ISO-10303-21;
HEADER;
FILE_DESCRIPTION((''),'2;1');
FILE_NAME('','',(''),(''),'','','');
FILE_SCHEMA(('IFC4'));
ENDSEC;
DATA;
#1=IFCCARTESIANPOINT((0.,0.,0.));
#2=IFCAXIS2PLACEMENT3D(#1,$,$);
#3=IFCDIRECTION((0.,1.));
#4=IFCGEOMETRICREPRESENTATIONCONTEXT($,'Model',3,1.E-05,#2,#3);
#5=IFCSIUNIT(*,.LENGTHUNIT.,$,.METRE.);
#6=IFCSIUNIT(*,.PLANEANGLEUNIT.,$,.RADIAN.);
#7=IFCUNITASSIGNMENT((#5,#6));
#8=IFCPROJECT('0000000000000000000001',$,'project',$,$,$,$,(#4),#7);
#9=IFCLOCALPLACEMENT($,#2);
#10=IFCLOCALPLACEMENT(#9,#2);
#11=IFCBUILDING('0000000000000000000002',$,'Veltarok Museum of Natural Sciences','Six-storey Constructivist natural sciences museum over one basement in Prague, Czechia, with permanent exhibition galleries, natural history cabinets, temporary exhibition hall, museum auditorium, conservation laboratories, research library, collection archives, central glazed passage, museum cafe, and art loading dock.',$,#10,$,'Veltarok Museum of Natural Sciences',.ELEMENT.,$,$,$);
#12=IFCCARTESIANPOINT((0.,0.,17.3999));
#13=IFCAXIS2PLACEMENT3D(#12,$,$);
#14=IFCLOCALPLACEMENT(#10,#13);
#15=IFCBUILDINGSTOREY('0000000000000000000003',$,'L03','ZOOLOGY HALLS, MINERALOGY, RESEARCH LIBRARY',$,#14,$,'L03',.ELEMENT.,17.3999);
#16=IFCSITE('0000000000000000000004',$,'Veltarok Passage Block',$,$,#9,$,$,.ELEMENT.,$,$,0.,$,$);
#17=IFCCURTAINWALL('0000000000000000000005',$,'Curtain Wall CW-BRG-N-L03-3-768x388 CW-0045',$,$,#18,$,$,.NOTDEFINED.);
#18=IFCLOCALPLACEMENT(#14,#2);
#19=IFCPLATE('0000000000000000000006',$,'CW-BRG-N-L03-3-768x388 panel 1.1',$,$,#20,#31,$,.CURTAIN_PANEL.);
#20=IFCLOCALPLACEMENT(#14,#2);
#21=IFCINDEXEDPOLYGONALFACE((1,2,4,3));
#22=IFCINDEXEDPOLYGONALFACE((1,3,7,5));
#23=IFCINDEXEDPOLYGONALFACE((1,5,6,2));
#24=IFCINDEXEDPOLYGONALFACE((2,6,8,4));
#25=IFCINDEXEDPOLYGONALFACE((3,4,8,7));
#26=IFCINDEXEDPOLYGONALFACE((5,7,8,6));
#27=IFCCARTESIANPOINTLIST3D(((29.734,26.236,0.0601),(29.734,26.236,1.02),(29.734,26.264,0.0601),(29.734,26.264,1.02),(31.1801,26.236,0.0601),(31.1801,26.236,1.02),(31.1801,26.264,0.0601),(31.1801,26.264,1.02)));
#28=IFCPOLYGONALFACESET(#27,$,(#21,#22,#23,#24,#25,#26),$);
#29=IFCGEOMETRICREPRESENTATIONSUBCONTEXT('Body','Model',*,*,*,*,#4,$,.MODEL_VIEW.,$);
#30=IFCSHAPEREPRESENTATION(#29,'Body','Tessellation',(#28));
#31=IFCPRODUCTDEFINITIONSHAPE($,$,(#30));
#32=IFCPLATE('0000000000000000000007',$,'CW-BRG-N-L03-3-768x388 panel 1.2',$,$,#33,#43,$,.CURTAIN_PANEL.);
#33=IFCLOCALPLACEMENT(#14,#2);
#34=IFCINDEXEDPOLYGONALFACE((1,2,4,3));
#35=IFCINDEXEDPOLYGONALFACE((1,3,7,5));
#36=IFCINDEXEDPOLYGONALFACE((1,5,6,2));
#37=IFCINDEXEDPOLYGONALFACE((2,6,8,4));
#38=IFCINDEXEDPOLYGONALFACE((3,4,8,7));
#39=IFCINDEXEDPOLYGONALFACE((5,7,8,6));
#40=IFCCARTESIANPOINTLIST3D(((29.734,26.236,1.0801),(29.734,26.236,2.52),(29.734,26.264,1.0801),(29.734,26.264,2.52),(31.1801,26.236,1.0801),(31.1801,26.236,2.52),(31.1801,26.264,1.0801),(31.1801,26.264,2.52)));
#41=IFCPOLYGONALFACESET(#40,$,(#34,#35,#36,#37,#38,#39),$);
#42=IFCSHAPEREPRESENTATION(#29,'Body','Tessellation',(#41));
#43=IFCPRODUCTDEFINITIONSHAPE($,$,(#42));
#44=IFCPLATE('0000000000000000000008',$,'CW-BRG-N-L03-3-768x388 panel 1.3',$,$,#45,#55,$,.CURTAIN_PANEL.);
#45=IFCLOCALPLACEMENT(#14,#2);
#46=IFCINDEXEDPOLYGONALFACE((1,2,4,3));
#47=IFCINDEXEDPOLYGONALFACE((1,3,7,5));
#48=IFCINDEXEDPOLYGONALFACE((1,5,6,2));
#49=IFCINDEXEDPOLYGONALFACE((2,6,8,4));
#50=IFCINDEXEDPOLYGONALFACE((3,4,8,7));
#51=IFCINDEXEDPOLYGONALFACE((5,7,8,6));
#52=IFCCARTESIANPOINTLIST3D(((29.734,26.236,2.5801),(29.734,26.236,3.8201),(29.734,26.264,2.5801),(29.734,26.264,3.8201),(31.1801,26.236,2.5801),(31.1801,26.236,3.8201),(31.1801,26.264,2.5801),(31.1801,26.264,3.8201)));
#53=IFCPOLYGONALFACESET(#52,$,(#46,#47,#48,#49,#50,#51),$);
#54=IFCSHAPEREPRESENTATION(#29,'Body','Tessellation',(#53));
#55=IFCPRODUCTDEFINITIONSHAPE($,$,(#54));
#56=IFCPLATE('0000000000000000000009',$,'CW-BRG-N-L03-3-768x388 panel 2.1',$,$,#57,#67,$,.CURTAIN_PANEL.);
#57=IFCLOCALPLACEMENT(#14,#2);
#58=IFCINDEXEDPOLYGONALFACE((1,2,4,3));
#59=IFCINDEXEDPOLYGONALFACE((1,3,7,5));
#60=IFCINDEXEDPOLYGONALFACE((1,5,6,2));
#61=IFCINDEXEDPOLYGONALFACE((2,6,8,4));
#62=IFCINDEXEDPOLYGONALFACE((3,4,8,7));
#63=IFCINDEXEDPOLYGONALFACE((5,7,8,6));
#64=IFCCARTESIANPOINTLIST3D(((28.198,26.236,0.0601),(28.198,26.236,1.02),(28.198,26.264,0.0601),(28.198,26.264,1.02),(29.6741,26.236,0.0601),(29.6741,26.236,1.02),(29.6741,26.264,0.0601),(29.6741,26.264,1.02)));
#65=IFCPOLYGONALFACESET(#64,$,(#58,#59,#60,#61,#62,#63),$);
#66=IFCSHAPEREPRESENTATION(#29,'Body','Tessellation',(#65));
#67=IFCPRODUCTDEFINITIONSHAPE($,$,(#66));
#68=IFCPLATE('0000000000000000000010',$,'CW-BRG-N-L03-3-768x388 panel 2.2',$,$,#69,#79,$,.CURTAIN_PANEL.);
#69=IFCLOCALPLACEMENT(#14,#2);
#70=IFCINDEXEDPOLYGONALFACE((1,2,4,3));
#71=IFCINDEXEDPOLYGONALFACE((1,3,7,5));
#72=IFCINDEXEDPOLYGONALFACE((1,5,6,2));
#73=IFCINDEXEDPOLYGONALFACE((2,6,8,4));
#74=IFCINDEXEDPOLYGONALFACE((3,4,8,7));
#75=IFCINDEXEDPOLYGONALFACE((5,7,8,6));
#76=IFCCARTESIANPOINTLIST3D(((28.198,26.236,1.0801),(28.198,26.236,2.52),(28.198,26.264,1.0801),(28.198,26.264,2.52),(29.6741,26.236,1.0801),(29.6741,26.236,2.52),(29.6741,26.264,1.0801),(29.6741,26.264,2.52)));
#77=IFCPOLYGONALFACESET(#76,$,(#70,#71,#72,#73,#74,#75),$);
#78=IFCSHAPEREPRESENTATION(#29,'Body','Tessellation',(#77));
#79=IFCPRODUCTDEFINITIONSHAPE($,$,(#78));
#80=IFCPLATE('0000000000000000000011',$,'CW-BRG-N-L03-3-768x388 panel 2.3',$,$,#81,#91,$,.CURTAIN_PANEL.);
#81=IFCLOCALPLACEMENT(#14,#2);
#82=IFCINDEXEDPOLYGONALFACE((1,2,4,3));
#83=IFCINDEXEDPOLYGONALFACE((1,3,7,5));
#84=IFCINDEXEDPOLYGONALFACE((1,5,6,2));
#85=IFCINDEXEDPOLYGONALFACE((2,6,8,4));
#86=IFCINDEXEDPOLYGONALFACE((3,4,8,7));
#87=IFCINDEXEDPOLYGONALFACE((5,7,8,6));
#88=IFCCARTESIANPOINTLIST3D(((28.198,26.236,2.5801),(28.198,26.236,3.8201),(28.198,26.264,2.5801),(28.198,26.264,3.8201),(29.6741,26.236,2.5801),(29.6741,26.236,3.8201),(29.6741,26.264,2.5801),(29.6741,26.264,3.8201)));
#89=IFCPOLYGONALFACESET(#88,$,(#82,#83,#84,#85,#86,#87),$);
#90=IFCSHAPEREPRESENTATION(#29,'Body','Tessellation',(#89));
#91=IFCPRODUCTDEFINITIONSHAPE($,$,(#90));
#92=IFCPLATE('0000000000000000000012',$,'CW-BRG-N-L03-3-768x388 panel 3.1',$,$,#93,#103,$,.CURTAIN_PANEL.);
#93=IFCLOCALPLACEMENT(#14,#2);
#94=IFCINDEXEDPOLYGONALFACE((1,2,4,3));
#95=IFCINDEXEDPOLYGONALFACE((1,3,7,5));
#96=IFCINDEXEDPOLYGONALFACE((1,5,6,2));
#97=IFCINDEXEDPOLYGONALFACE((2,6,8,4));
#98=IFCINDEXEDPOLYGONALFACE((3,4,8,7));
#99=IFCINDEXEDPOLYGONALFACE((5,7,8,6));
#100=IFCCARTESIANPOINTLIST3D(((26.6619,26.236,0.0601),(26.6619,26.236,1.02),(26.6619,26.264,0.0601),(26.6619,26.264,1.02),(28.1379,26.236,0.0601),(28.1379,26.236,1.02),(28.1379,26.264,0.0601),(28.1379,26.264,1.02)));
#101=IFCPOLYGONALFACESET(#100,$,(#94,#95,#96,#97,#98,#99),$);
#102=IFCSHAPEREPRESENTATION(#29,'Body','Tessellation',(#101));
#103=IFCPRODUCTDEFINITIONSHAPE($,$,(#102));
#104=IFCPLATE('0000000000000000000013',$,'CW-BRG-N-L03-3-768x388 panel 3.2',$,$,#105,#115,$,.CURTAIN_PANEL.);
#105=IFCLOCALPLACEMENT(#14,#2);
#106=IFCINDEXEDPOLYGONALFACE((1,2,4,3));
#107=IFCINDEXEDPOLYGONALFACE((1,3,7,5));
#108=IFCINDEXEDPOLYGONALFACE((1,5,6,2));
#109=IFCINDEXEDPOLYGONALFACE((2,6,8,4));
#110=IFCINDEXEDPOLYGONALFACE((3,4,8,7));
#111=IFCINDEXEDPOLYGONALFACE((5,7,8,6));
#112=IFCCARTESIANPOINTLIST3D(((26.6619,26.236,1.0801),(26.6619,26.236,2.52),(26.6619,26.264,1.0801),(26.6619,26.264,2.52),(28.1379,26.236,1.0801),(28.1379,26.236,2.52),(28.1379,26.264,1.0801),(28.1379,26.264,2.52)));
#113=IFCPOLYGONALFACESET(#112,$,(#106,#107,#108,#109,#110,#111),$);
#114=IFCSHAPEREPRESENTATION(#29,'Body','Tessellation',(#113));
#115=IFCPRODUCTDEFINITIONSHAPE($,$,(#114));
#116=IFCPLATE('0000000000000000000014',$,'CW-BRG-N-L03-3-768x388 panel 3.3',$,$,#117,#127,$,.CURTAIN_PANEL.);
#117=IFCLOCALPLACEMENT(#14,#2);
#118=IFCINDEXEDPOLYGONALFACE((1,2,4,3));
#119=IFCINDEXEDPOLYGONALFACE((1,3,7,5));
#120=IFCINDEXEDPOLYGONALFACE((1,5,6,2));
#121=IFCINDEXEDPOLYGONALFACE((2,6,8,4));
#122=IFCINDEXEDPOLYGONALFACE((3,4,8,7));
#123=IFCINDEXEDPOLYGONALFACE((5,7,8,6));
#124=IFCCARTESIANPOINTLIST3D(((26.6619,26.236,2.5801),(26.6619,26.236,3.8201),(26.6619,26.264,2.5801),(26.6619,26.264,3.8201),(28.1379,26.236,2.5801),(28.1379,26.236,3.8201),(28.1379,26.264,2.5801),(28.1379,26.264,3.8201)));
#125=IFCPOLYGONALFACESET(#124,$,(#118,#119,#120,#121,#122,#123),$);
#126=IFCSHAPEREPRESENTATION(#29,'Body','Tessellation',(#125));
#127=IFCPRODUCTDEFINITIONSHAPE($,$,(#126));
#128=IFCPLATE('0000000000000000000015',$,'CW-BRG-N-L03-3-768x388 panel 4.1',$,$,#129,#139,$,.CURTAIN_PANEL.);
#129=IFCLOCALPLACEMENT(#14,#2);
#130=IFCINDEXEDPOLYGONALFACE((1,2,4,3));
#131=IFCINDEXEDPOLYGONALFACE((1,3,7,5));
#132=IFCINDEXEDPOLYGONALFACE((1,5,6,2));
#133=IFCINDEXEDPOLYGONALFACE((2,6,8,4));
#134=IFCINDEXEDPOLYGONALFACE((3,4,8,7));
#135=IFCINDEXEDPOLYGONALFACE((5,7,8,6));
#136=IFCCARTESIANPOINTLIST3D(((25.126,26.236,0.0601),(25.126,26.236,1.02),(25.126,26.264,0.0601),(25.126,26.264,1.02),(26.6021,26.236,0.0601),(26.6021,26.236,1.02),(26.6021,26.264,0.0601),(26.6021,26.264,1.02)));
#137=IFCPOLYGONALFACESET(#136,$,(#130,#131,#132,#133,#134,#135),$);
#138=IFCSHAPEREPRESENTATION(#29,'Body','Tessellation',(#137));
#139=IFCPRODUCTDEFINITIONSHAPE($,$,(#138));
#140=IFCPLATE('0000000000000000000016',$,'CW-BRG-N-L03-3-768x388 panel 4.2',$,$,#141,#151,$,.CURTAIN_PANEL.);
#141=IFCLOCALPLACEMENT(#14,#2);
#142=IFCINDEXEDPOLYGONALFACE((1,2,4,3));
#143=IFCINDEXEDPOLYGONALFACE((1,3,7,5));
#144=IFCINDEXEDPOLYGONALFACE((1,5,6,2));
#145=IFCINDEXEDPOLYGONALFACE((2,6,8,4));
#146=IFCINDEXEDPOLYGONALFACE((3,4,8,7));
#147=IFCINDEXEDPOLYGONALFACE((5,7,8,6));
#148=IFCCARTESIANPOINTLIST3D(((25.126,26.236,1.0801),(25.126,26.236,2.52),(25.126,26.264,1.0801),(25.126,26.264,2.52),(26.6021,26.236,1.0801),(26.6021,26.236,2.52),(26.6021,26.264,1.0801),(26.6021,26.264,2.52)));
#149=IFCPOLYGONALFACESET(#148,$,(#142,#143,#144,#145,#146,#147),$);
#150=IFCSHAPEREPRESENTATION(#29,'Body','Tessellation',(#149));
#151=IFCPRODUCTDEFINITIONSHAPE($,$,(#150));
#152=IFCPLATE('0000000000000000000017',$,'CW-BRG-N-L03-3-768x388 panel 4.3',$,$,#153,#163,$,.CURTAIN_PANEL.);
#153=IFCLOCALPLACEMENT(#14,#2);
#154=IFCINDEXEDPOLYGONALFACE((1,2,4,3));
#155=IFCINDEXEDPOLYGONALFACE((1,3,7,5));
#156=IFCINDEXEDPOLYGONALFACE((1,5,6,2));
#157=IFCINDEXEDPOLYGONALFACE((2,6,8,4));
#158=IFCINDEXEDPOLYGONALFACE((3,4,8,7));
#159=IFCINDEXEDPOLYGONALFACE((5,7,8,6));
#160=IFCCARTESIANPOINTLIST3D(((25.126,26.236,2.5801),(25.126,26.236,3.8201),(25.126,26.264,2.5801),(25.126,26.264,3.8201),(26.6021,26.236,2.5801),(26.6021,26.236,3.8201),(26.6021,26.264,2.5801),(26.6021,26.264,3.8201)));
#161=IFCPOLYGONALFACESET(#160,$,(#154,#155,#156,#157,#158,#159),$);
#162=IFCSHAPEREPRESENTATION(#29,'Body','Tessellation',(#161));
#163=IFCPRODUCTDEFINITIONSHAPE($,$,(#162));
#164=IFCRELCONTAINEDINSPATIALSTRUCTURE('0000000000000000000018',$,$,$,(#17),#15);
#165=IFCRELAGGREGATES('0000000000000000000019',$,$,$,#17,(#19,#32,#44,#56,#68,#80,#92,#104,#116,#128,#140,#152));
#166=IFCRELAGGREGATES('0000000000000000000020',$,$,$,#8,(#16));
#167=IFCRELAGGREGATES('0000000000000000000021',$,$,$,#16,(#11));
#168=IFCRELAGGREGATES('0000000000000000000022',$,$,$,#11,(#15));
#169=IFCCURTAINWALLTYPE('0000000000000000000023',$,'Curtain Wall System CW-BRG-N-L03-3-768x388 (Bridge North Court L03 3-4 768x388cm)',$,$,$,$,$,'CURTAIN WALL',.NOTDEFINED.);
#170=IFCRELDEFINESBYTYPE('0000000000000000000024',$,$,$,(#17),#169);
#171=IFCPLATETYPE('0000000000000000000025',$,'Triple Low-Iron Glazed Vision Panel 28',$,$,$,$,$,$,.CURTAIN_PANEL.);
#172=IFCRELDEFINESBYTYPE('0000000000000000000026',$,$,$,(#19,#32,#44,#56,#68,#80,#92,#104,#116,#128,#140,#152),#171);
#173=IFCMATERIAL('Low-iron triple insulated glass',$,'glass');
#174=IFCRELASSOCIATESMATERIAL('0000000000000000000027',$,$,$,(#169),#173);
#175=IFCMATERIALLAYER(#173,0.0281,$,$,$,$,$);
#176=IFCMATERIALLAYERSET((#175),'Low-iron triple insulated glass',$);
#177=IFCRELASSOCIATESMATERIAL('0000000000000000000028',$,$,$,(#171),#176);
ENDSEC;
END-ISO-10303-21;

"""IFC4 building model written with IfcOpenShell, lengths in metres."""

from ifc_helpers import new_model, si_unit, direction, frame, origin, origin_2d, place, context, subcontext, project, spatial, rectangle, extrude, material, layer, layer_set, type_object, element, aggregate, save


model = new_model("IFC4")

# Units and contexts
model_context = context("Model", 3, precision=1e-05, world=origin(), true_north=direction((0.0, 1.0)))
body_context = subcontext(model_context, "Body", "Model", "MODEL_VIEW")
ifc_project = project(units=[si_unit("LENGTHUNIT", "METRE"), si_unit("PLANEANGLEUNIT", "RADIAN")], contexts=[model_context])

# Site, building, storey
site_placement = place(None, origin())
site = spatial("IfcSite", under=ifc_project, at=site_placement, Name="Veltarok Passage Block", CompositionType="ELEMENT", RefElevation=0.0)
building_placement = place(site_placement, origin())
building = spatial("IfcBuilding", under=site, at=building_placement, Name="Veltarok Museum of Natural Sciences", Description="Six-storey Constructivist natural sciences museum over one basement in Prague, Czechia, with permanent exhibition galleries, natural history cabinets, temporary exhibition hall, museum auditorium, conservation laboratories, research library, collection archives, central glazed passage, museum cafe, and art loading dock.", LongName="Veltarok Museum of Natural Sciences", CompositionType="ELEMENT")
storey_placement = place(building_placement, frame((0.0, 0.0, 17.3999)))
storey = spatial("IfcBuildingStorey", under=building, at=storey_placement, Name="L03", Description="ZOOLOGY HALLS, MINERALOGY, RESEARCH LIBRARY", LongName="L03", CompositionType="ELEMENT", Elevation=17.3999)

# Curtain wall
ifc_material_1 = material(Name="Low-iron triple insulated glass", Category="glass")
curtain_wall_type = type_object("IfcCurtainWallType", Name="Curtain Wall System CW-BRG-N-L03-3-768x388 (Bridge North Court L03 3-4 768x388cm)", ElementType="CURTAIN WALL", PredefinedType="NOTDEFINED", material=ifc_material_1)
curtain_wall_placement = place(storey_placement, origin())
curtain_wall = element("IfcCurtainWall", 1, at=curtain_wall_placement, inside=storey, type_object=curtain_wall_type, Name="Curtain Wall CW-BRG-N-L03-3-768x388 CW-0045", PredefinedType="NOTDEFINED")

# Plates
ifc_layer = layer(ifc_material_1, 0.0281)
ifc_layer_set = layer_set([ifc_layer], Name="Low-iron triple insulated glass")
plate_type = type_object("IfcPlateType", Name="Triple Low-Iron Glazed Vision Panel 28", PredefinedType="CURTAIN_PANEL", material=ifc_layer_set)
plate_1_placement = place(storey_placement, frame((30.457, 26.25, 0.0601), z_axis=(0.0, 0.0, 1.0), x_axis=(-1.0, 0.0, 0.0)))
plate_1 = element("IfcPlate", 2, at=plate_1_placement, type_object=plate_type, Name="CW-BRG-N-L03-3-768x388 panel 1.1", PredefinedType="CURTAIN_PANEL", context=body_context, shape_type="SweptSolid", body=[
    extrude(rectangle(XDim=1.446, YDim=0.0281, at=origin_2d()), origin(), (0.0, 0.0, 1.0), 0.96),
])
plate_2_placement = place(storey_placement, frame((30.457, 26.25, 1.0801), z_axis=(0.0, 0.0, 1.0), x_axis=(-1.0, 0.0, 0.0)))
plate_2 = element("IfcPlate", 3, at=plate_2_placement, type_object=plate_type, Name="CW-BRG-N-L03-3-768x388 panel 1.2", PredefinedType="CURTAIN_PANEL", context=body_context, shape_type="SweptSolid", body=[
    extrude(rectangle(XDim=1.446, YDim=0.0281, at=origin_2d()), origin(), (0.0, 0.0, 1.0), 1.4399),
])
plate_3_placement = place(storey_placement, frame((30.457, 26.25, 2.5801), z_axis=(0.0, 0.0, 1.0), x_axis=(-1.0, 0.0, 0.0)))
plate_3 = element("IfcPlate", 4, at=plate_3_placement, type_object=plate_type, Name="CW-BRG-N-L03-3-768x388 panel 1.3", PredefinedType="CURTAIN_PANEL", context=body_context, shape_type="SweptSolid", body=[
    extrude(rectangle(XDim=1.446, YDim=0.0281, at=origin_2d()), origin(), (0.0, 0.0, 1.0), 1.24),
])
plate_4_placement = place(storey_placement, frame((28.936, 26.25, 0.0601), z_axis=(0.0, 0.0, 1.0), x_axis=(-1.0, 0.0, 0.0)))
plate_4 = element("IfcPlate", 5, at=plate_4_placement, type_object=plate_type, Name="CW-BRG-N-L03-3-768x388 panel 2.1", PredefinedType="CURTAIN_PANEL", context=body_context, shape_type="SweptSolid", body=[
    extrude(rectangle(XDim=1.4761, YDim=0.0281, at=origin_2d()), origin(), (0.0, 0.0, 1.0), 0.96),
])
plate_5_placement = place(storey_placement, frame((28.936, 26.25, 1.0801), z_axis=(0.0, 0.0, 1.0), x_axis=(-1.0, 0.0, 0.0)))
plate_5 = element("IfcPlate", 6, at=plate_5_placement, type_object=plate_type, Name="CW-BRG-N-L03-3-768x388 panel 2.2", PredefinedType="CURTAIN_PANEL", context=body_context, shape_type="SweptSolid", body=[
    extrude(rectangle(XDim=1.4761, YDim=0.0281, at=origin_2d()), origin(), (0.0, 0.0, 1.0), 1.4399),
])
plate_6_placement = place(storey_placement, frame((28.936, 26.25, 2.5801), z_axis=(0.0, 0.0, 1.0), x_axis=(-1.0, 0.0, 0.0)))
plate_6 = element("IfcPlate", 7, at=plate_6_placement, type_object=plate_type, Name="CW-BRG-N-L03-3-768x388 panel 2.3", PredefinedType="CURTAIN_PANEL", context=body_context, shape_type="SweptSolid", body=[
    extrude(rectangle(XDim=1.4761, YDim=0.0281, at=origin_2d()), origin(), (0.0, 0.0, 1.0), 1.24),
])
plate_7_placement = place(storey_placement, frame((27.3999, 26.25, 0.0601), z_axis=(0.0, 0.0, 1.0), x_axis=(-1.0, 0.0, 0.0)))
plate_7 = element("IfcPlate", 8, at=plate_7_placement, type_object=plate_type, Name="CW-BRG-N-L03-3-768x388 panel 3.1", PredefinedType="CURTAIN_PANEL", context=body_context, shape_type="SweptSolid", body=[
    extrude(rectangle(XDim=1.4761, YDim=0.0281, at=origin_2d()), origin(), (0.0, 0.0, 1.0), 0.96),
])
plate_8_placement = place(storey_placement, frame((27.3999, 26.25, 1.0801), z_axis=(0.0, 0.0, 1.0), x_axis=(-1.0, 0.0, 0.0)))
plate_8 = element("IfcPlate", 9, at=plate_8_placement, type_object=plate_type, Name="CW-BRG-N-L03-3-768x388 panel 3.2", PredefinedType="CURTAIN_PANEL", context=body_context, shape_type="SweptSolid", body=[
    extrude(rectangle(XDim=1.4761, YDim=0.0281, at=origin_2d()), origin(), (0.0, 0.0, 1.0), 1.4399),
])
plate_9_placement = place(storey_placement, frame((27.3999, 26.25, 2.5801), z_axis=(0.0, 0.0, 1.0), x_axis=(-1.0, 0.0, 0.0)))
plate_9 = element("IfcPlate", 10, at=plate_9_placement, type_object=plate_type, Name="CW-BRG-N-L03-3-768x388 panel 3.3", PredefinedType="CURTAIN_PANEL", context=body_context, shape_type="SweptSolid", body=[
    extrude(rectangle(XDim=1.4761, YDim=0.0281, at=origin_2d()), origin(), (0.0, 0.0, 1.0), 1.24),
])
plate_10_placement = place(storey_placement, frame((25.864, 26.25, 0.0601), z_axis=(0.0, 0.0, 1.0), x_axis=(-1.0, 0.0, 0.0)))
plate_10 = element("IfcPlate", 11, at=plate_10_placement, type_object=plate_type, Name="CW-BRG-N-L03-3-768x388 panel 4.1", PredefinedType="CURTAIN_PANEL", context=body_context, shape_type="SweptSolid", body=[
    extrude(rectangle(XDim=1.4761, YDim=0.0281, at=origin_2d()), origin(), (0.0, 0.0, 1.0), 0.96),
])
plate_11_placement = place(storey_placement, frame((25.864, 26.25, 1.0801), z_axis=(0.0, 0.0, 1.0), x_axis=(-1.0, 0.0, 0.0)))
plate_11 = element("IfcPlate", 12, at=plate_11_placement, type_object=plate_type, Name="CW-BRG-N-L03-3-768x388 panel 4.2", PredefinedType="CURTAIN_PANEL", context=body_context, shape_type="SweptSolid", body=[
    extrude(rectangle(XDim=1.4761, YDim=0.0281, at=origin_2d()), origin(), (0.0, 0.0, 1.0), 1.4399),
])
plate_12_placement = place(storey_placement, frame((25.864, 26.25, 2.5801), z_axis=(0.0, 0.0, 1.0), x_axis=(-1.0, 0.0, 0.0)))
plate_12 = element("IfcPlate", 13, at=plate_12_placement, type_object=plate_type, Name="CW-BRG-N-L03-3-768x388 panel 4.3", PredefinedType="CURTAIN_PANEL", context=body_context, shape_type="SweptSolid", body=[
    extrude(rectangle(XDim=1.4761, YDim=0.0281, at=origin_2d()), origin(), (0.0, 0.0, 1.0), 1.24),
])
aggregate(curtain_wall, [plate_1, plate_2, plate_3, plate_4, plate_5, plate_6, plate_7, plate_8, plate_9, plate_10, plate_11, plate_12])

save(model, "model.ifc")
